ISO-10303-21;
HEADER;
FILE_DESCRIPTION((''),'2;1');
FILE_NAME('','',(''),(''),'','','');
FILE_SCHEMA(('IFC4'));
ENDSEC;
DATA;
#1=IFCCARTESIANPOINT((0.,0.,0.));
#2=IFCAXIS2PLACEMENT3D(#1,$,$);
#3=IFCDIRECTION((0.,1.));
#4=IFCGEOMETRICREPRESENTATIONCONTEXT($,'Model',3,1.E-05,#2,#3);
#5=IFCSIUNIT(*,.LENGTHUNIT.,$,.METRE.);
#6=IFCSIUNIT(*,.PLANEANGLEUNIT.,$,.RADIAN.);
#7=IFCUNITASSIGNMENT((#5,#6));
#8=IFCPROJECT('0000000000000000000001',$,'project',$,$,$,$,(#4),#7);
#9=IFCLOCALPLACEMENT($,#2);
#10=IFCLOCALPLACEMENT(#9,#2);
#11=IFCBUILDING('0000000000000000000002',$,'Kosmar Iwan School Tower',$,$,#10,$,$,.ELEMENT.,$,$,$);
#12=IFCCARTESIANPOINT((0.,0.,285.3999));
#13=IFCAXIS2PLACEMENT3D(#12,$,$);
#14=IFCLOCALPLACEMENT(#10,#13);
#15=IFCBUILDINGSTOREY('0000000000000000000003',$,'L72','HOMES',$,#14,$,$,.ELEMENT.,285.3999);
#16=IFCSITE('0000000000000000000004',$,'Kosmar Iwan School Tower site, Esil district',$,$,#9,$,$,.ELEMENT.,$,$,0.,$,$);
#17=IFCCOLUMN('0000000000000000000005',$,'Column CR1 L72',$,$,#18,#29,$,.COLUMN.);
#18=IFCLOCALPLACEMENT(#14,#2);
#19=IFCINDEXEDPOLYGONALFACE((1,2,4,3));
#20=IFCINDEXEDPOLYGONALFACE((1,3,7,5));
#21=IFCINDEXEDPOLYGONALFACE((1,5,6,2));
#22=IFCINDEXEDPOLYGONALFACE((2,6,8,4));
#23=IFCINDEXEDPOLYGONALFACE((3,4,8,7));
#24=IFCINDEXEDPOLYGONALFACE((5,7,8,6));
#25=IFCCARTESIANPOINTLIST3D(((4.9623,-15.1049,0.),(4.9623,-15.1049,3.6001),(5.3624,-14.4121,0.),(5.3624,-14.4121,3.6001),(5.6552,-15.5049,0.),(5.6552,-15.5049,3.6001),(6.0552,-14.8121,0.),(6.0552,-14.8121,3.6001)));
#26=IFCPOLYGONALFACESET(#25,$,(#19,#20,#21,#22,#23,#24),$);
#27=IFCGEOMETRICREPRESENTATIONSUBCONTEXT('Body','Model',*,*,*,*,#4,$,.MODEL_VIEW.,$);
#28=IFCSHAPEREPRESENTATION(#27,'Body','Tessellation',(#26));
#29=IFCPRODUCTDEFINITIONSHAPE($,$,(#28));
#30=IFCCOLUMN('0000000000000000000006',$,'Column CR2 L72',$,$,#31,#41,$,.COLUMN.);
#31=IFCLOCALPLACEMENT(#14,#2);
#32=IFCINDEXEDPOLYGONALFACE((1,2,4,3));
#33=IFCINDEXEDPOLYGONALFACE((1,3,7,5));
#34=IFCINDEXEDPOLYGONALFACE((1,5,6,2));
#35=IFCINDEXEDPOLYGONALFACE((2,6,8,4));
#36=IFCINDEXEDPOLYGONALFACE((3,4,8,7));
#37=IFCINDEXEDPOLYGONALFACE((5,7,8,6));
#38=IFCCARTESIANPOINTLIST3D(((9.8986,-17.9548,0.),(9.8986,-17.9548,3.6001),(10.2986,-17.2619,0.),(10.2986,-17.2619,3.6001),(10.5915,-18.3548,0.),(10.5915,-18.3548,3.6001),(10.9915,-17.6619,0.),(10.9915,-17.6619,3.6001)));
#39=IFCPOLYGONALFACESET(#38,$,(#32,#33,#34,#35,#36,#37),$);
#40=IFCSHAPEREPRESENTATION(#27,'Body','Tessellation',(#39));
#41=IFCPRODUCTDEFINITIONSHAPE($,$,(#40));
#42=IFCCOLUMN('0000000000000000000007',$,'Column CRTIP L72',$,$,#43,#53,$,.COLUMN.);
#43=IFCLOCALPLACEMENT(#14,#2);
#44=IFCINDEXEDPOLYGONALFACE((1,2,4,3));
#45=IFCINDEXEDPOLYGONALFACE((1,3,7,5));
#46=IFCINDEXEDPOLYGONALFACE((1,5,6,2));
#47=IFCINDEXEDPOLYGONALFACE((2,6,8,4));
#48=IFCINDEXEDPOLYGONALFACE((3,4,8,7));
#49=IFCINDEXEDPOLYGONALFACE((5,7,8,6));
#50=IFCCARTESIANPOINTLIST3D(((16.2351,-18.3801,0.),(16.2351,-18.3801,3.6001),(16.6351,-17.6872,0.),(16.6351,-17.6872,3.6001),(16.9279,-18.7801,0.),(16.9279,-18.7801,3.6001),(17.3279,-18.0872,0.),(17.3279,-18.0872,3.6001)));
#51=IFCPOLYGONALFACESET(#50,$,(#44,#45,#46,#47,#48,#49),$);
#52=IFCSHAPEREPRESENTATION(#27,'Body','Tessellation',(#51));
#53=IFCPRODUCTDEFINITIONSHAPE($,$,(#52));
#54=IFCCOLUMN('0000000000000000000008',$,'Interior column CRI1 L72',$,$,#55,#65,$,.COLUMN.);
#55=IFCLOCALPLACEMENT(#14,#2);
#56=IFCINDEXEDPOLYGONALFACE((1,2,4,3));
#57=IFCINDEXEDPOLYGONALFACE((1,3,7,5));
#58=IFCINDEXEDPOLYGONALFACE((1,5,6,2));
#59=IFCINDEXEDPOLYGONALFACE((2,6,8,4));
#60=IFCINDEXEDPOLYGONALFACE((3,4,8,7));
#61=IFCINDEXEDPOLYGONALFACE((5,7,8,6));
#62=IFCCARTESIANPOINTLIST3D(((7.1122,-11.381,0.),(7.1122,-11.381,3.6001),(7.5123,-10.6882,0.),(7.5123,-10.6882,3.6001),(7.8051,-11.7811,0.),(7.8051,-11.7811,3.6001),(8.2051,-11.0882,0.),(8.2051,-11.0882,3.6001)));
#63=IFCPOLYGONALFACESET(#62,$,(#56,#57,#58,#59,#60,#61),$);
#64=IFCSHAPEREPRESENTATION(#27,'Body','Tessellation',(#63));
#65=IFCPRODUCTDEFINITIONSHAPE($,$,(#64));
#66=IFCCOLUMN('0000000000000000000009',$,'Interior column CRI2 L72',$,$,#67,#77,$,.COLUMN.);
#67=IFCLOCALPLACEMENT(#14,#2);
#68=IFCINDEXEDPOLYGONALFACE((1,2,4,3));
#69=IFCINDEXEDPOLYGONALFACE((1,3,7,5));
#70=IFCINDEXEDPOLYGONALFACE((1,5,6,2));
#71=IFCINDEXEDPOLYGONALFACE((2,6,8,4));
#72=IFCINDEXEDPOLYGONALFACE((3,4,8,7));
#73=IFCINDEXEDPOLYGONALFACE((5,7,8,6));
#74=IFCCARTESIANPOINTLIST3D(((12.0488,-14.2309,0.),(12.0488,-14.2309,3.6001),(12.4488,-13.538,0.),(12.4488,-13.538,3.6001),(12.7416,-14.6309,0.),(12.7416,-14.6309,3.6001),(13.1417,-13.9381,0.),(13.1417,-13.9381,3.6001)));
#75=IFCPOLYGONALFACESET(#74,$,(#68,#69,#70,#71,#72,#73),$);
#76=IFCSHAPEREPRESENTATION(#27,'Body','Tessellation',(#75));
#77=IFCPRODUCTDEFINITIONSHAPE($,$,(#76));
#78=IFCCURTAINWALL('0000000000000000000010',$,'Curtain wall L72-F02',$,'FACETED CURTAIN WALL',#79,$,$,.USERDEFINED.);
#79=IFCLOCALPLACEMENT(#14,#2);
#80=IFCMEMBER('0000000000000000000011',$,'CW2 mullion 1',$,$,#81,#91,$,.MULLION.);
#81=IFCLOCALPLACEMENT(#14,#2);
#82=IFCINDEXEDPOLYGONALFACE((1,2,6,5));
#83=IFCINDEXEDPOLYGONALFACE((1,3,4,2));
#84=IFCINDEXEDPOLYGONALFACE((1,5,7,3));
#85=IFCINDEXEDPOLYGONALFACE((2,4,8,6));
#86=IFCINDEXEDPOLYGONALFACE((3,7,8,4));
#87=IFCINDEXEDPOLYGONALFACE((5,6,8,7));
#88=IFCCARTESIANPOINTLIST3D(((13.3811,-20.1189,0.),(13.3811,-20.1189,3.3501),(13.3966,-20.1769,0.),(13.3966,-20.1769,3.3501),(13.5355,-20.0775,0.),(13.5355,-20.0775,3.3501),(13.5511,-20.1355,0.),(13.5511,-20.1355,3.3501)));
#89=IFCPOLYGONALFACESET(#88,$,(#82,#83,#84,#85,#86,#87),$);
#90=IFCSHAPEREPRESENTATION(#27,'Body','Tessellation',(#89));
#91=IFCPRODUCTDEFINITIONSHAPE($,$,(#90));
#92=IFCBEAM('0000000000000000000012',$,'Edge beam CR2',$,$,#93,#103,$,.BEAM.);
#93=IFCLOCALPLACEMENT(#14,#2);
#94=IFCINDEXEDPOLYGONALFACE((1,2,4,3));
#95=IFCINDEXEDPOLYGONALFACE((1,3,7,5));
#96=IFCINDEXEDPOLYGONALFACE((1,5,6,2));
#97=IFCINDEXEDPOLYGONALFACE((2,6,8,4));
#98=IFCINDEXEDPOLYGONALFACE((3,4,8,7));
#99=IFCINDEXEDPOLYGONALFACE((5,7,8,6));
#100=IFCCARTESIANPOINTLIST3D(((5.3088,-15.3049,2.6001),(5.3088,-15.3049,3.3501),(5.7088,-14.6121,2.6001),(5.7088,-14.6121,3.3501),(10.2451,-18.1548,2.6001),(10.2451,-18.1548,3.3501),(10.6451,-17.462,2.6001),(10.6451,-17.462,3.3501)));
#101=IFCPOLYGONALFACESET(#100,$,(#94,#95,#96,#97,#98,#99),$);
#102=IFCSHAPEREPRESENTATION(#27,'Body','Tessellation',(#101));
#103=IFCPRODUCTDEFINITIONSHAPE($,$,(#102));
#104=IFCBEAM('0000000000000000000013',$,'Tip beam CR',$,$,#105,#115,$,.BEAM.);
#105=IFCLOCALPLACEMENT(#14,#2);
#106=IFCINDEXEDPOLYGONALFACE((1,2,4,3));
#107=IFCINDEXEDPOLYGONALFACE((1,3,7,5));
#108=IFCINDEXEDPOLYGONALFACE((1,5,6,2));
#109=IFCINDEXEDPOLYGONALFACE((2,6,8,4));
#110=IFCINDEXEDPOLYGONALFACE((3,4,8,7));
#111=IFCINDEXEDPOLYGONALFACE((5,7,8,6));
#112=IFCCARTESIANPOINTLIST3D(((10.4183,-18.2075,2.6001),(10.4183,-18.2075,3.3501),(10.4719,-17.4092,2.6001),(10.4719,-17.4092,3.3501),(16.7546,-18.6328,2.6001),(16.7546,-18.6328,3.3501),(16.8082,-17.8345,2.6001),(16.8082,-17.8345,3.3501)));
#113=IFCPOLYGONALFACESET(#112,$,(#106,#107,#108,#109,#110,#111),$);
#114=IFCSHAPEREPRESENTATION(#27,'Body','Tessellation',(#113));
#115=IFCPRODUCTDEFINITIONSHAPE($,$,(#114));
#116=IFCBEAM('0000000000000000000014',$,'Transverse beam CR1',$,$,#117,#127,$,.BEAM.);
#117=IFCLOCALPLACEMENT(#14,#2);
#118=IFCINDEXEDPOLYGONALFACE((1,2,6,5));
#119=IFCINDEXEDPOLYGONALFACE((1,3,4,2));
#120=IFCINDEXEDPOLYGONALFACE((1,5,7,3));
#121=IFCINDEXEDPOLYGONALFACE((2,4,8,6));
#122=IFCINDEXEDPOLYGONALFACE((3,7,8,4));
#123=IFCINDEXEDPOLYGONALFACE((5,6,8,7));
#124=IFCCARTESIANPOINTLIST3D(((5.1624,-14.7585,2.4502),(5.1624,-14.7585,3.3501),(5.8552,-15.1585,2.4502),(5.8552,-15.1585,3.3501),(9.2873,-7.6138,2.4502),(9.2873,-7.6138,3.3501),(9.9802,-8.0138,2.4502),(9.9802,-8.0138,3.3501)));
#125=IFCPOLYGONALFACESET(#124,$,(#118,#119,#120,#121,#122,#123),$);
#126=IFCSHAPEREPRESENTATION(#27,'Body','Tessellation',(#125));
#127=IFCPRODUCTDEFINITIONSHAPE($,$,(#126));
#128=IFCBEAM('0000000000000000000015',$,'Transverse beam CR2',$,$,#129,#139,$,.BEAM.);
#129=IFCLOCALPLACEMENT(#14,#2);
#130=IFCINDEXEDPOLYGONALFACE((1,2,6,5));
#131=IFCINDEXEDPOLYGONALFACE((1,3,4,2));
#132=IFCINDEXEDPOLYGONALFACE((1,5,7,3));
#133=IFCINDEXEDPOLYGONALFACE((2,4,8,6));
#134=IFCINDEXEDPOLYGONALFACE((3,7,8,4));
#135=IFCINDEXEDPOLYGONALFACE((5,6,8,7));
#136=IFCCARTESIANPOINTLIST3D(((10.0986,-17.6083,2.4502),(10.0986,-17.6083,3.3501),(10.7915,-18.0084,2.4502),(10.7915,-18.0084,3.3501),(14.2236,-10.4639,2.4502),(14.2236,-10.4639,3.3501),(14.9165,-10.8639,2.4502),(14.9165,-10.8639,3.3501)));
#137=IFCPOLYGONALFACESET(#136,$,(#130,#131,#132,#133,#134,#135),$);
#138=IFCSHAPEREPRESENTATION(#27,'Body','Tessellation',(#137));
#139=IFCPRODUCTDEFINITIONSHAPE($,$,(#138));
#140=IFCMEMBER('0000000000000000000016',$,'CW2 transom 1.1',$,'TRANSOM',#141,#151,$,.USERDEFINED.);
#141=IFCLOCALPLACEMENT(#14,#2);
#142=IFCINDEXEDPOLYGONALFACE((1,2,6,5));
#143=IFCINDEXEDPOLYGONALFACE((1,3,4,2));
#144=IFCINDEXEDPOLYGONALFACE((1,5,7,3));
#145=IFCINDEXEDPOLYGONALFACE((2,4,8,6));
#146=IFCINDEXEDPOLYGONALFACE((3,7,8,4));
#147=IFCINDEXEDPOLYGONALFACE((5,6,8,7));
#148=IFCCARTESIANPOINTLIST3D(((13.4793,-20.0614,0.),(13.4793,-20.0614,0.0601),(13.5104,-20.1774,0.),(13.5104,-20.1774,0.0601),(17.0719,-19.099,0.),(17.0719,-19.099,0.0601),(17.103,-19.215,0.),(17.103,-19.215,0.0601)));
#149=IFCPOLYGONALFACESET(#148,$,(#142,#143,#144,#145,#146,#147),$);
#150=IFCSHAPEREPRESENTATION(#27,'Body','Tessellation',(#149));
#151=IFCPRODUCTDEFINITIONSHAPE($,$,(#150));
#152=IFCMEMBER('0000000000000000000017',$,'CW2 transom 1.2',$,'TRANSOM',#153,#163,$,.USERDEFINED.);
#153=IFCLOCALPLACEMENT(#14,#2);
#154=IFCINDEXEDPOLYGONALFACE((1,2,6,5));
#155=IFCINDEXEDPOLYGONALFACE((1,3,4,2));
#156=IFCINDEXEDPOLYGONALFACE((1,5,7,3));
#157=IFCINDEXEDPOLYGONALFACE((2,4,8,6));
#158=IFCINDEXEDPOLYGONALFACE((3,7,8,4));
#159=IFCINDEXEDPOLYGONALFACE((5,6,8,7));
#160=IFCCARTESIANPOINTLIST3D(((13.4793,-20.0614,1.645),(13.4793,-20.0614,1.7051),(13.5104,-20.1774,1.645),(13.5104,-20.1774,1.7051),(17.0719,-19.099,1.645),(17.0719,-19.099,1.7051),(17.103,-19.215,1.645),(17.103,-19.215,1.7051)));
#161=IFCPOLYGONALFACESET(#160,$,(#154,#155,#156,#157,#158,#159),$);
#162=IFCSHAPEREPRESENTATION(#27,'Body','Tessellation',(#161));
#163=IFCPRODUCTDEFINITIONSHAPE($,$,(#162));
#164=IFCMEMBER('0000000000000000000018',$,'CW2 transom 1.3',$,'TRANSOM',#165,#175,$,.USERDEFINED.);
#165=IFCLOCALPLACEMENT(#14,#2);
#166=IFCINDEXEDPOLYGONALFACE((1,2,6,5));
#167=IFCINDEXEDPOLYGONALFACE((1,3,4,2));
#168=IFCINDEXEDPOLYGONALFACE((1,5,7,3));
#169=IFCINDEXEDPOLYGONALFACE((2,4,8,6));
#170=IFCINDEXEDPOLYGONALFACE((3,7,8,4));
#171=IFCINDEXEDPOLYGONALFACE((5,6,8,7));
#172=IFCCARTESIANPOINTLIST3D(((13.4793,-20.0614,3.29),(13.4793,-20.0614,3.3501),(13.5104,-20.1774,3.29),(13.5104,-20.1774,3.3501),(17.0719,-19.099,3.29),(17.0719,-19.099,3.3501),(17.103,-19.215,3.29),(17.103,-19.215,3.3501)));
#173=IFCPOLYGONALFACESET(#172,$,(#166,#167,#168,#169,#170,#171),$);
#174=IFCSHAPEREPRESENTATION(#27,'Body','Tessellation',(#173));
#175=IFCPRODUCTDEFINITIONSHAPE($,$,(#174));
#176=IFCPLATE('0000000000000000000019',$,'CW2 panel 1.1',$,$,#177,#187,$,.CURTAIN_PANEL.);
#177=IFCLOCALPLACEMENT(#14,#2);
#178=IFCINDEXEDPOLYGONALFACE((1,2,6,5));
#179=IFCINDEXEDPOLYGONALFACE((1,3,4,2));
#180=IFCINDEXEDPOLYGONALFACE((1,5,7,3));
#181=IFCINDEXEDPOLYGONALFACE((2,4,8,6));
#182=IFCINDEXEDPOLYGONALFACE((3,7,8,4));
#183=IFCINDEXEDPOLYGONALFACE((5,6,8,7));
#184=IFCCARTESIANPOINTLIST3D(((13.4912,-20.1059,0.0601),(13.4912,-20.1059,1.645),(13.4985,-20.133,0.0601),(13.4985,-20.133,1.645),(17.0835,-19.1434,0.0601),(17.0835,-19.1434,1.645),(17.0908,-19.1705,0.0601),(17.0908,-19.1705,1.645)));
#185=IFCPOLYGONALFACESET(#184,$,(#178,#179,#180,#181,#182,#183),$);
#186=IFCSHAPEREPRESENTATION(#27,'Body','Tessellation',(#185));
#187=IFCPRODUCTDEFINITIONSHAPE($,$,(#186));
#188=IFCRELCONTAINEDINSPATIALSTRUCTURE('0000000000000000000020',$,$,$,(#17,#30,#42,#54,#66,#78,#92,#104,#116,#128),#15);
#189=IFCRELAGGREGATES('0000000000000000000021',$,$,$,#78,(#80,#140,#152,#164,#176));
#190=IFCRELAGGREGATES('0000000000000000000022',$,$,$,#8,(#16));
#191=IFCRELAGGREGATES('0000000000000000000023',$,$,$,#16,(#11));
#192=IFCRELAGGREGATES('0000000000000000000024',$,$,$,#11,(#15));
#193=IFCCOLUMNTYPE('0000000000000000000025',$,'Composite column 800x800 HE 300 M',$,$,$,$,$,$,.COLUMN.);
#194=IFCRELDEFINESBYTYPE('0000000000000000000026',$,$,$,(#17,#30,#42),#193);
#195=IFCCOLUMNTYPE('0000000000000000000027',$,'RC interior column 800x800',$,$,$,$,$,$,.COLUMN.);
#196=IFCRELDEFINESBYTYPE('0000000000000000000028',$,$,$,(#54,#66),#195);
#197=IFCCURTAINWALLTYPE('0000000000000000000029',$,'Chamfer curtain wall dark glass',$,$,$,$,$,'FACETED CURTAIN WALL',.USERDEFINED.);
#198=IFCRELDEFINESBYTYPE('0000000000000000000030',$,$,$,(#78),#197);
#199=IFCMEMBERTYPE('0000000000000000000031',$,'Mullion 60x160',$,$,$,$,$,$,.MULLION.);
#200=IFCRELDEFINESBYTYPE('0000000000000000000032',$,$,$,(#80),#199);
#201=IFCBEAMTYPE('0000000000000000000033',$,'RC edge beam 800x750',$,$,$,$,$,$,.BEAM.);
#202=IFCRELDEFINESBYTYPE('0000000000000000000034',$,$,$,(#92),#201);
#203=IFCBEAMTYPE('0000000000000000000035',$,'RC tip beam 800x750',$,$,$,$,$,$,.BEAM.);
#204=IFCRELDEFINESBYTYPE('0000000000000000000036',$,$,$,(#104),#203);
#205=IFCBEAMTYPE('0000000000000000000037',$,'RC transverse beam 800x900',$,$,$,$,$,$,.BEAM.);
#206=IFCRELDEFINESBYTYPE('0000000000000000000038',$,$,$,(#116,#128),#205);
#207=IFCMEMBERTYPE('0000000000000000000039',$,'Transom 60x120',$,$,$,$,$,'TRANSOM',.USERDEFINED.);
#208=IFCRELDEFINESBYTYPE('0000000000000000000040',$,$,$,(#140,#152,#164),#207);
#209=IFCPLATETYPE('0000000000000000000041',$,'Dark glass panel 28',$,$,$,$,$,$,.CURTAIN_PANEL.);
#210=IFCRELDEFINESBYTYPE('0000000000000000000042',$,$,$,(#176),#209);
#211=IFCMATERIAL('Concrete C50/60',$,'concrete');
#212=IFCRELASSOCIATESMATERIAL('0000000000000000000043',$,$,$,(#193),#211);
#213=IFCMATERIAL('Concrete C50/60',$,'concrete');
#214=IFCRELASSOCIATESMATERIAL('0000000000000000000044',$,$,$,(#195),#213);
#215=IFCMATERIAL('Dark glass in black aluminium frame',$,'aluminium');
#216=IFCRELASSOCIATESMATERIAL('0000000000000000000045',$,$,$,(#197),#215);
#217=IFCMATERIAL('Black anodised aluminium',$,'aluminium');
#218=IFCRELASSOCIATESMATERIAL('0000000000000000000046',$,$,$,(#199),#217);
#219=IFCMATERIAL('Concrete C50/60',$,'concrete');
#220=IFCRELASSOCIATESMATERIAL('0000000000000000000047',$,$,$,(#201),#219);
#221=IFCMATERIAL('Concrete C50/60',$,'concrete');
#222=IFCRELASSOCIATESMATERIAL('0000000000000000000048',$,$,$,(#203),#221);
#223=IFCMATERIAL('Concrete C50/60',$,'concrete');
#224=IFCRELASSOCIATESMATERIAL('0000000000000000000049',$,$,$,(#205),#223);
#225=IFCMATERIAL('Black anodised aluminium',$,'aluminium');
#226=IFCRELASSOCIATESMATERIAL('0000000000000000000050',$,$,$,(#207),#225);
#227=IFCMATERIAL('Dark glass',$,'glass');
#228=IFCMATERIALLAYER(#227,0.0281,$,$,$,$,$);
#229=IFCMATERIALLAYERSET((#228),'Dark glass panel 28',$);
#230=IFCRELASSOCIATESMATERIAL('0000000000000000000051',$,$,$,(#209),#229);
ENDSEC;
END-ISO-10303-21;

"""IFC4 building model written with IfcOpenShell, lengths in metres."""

from ifc_helpers import new_model, si_unit, direction, frame, origin, origin_2d, place, context, subcontext, project, spatial, rectangle, extrude, material, layer, layer_set, material_profile, profile_set, type_object, element, aggregate, save


model = new_model("IFC4")

# Units and contexts
model_context = context("Model", 3, precision=1e-05, world=origin(), true_north=direction((0.0, 1.0)))
body_context = subcontext(model_context, "Body", "Model", "MODEL_VIEW")
ifc_project = project(units=[si_unit("LENGTHUNIT", "METRE"), si_unit("PLANEANGLEUNIT", "RADIAN")], contexts=[model_context])

# Site, building, storey
site_placement = place(None, origin())
site = spatial("IfcSite", under=ifc_project, at=site_placement, Name="Kosmar Iwan School Tower site, Esil district", CompositionType="ELEMENT", RefElevation=0.0)
building_placement = place(site_placement, origin())
building = spatial("IfcBuilding", under=site, at=building_placement, Name="Kosmar Iwan School Tower", CompositionType="ELEMENT")
storey_placement = place(building_placement, frame((0.0, 0.0, 285.3999)))
storey = spatial("IfcBuildingStorey", under=building, at=storey_placement, Name="L72", Description="HOMES", CompositionType="ELEMENT", Elevation=285.3999)

# Columns
ifc_material_1 = material(Name="Concrete C50/60", Category="concrete")
ifc_material_profile_1 = material_profile(ifc_material_1, rectangle(XDim=0.8, YDim=0.8, at=origin_2d()), Name="RC 800x800 + HE 300 M")
ifc_profile_set_1 = profile_set([ifc_material_profile_1], Name="Concrete C50/60")
column_type_1 = type_object("IfcColumnType", Name="Composite column 800x800 HE 300 M", PredefinedType="COLUMN", material=ifc_profile_set_1)
for number, where, z_axis, x_axis, name in (
    (1, (5.5088, -14.9585, 0.0), (0.0, 0.0, 1.0), (0.866025, -0.5, 0.0), "Column CR1 L72"),
    (2, (10.4451, -17.8083, 0.0), (0.0, 0.0, 1.0), (0.866025, -0.5, 0.0), "Column CR2 L72"),
    (3, (16.7815, -18.2336, 0.0), (0.0, 0.0, 1.0), (0.866025, -0.5, 0.0), "Column CRTIP L72"),
):
    element("IfcColumn", number, at=place(storey_placement, frame(where, z_axis=z_axis, x_axis=x_axis)), inside=storey, type_object=column_type_1, Name=name, PredefinedType="COLUMN", context=body_context, shape_type="SweptSolid", body=[
        extrude(rectangle(XDim=0.8, YDim=0.8, at=origin_2d()), origin(), (0.0, 0.0, 1.0), 3.6001),
    ])
ifc_material_2 = material(Name="Concrete C50/60", Category="concrete")
ifc_material_profile_2 = material_profile(ifc_material_2, rectangle(XDim=0.8, YDim=0.8, at=origin_2d()), Name="RC 800x800")
ifc_profile_set_2 = profile_set([ifc_material_profile_2], Name="Concrete C50/60")
column_type_2 = type_object("IfcColumnType", Name="RC interior column 800x800", PredefinedType="COLUMN", material=ifc_profile_set_2)
for number, where, z_axis, x_axis, name in (
    (4, (7.6587, -11.2346, 0.0), (0.0, 0.0, 1.0), (0.866025, -0.5, 0.0), "Interior column CRI1 L72"),
    (5, (12.5952, -14.0845, 0.0), (0.0, 0.0, 1.0), (0.866025, -0.5, 0.0), "Interior column CRI2 L72"),
):
    element("IfcColumn", number, at=place(storey_placement, frame(where, z_axis=z_axis, x_axis=x_axis)), inside=storey, type_object=column_type_2, Name=name, PredefinedType="COLUMN", context=body_context, shape_type="SweptSolid", body=[
        extrude(rectangle(XDim=0.8, YDim=0.8, at=origin_2d()), origin(), (0.0, 0.0, 1.0), 3.6001),
    ])

# Curtain wall, member
ifc_material_3 = material(Name="Dark glass in black aluminium frame", Category="aluminium")
curtain_wall_type = type_object("IfcCurtainWallType", Name="Chamfer curtain wall dark glass", ElementType="FACETED CURTAIN WALL", PredefinedType="USERDEFINED", material=ifc_material_3)
curtain_wall_placement = place(storey_placement, origin())
curtain_wall = element("IfcCurtainWall", 6, at=curtain_wall_placement, inside=storey, type_object=curtain_wall_type, Name="Curtain wall L72-F02", ObjectType="FACETED CURTAIN WALL", PredefinedType="USERDEFINED")
ifc_material_4 = material(Name="Black anodised aluminium", Category="aluminium")
ifc_material_profile_3 = material_profile(ifc_material_4, rectangle(XDim=0.0601, YDim=0.1599, at=origin_2d()), Name="MULLION 60x160")
ifc_profile_set_3 = profile_set([ifc_material_profile_3], Name="Black anodised aluminium")
member_type_1 = type_object("IfcMemberType", Name="Mullion 60x160", PredefinedType="MULLION", material=ifc_profile_set_3)
member_1_placement = place(storey_placement, frame((13.4661, -20.1272, 0.0), z_axis=(0.0, 0.0, 1.0), x_axis=(-0.258819, 0.965926, 0.0)))
member_1 = element("IfcMember", 7, at=member_1_placement, type_object=member_type_1, Name="CW2 mullion 1", PredefinedType="MULLION", context=body_context, shape_type="SweptSolid", body=[
    extrude(rectangle(XDim=0.0601, YDim=0.1599, at=origin_2d()), origin(), (0.0, 0.0, 1.0), 3.3501),
])

# Beams
ifc_material_5 = material(Name="Concrete C50/60", Category="concrete")
ifc_material_profile_4 = material_profile(ifc_material_5, rectangle(XDim=0.8, YDim=0.75, at=origin_2d()), Name="RC 800x750")
ifc_profile_set_4 = profile_set([ifc_material_profile_4], Name="Concrete C50/60")
beam_type_1 = type_object("IfcBeamType", Name="RC edge beam 800x750", PredefinedType="BEAM", material=ifc_profile_set_4)
beam_1_placement = place(storey_placement, frame((5.5088, -14.9585, 2.9751), z_axis=(0.866034, -0.499986, 0.0), x_axis=(0.499986, 0.866034, 0.0)))
element("IfcBeam", 8, at=beam_1_placement, inside=storey, type_object=beam_type_1, Name="Edge beam CR2", PredefinedType="BEAM", context=body_context, shape_type="SweptSolid", body=[
    extrude(rectangle(XDim=0.8, YDim=0.75, at=origin_2d()), origin(), (0.0, 0.0, 1.0), 5.7),
])
ifc_material_6 = material(Name="Concrete C50/60", Category="concrete")
ifc_material_profile_5 = material_profile(ifc_material_6, rectangle(XDim=0.8, YDim=0.75, at=origin_2d()), Name="RC 800x750")
ifc_profile_set_5 = profile_set([ifc_material_profile_5], Name="Concrete C50/60")
beam_type_2 = type_object("IfcBeamType", Name="RC tip beam 800x750", PredefinedType="BEAM", material=ifc_profile_set_5)
beam_2_placement = place(storey_placement, frame((10.4451, -17.8083, 2.9751), z_axis=(0.997755, -0.066968, 0.0), x_axis=(0.066968, 0.997755, 0.0)))
element("IfcBeam", 9, at=beam_2_placement, inside=storey, type_object=beam_type_2, Name="Tip beam CR", PredefinedType="BEAM", context=body_context, shape_type="SweptSolid", body=[
    extrude(rectangle(XDim=0.8, YDim=0.75, at=origin_2d()), origin(), (0.0, 0.0, 1.0), 6.3506),
])
ifc_material_7 = material(Name="Concrete C50/60", Category="concrete")
ifc_material_profile_6 = material_profile(ifc_material_7, rectangle(XDim=0.8, YDim=0.8999, at=origin_2d()), Name="RC 800x900")
ifc_profile_set_6 = profile_set([ifc_material_profile_6], Name="Concrete C50/60")
beam_type_3 = type_object("IfcBeamType", Name="RC transverse beam 800x900", PredefinedType="BEAM", material=ifc_profile_set_6)
beam_3_placement = place(storey_placement, frame((5.5088, -14.9585, 2.9001), z_axis=(0.499997, 0.866027, 0.0), x_axis=(-0.866027, 0.499997, 0.0)))
element("IfcBeam", 10, at=beam_3_placement, inside=storey, type_object=beam_type_3, Name="Transverse beam CR1", PredefinedType="BEAM", context=body_context, shape_type="SweptSolid", body=[
    extrude(rectangle(XDim=0.8, YDim=0.8999, at=origin_2d()), origin(), (0.0, 0.0, 1.0), 8.25),
])
beam_4_placement = place(storey_placement, frame((10.4451, -17.8083, 2.9001), z_axis=(0.500009, 0.86602, 0.0), x_axis=(-0.86602, 0.500009, 0.0)))
element("IfcBeam", 11, at=beam_4_placement, inside=storey, type_object=beam_type_3, Name="Transverse beam CR2", PredefinedType="BEAM", context=body_context, shape_type="SweptSolid", body=[
    extrude(rectangle(XDim=0.8, YDim=0.8999, at=origin_2d()), origin(), (0.0, 0.0, 1.0), 8.2498),
])

# Members
ifc_material_8 = material(Name="Black anodised aluminium", Category="aluminium")
ifc_material_profile_7 = material_profile(ifc_material_8, rectangle(XDim=0.1201, YDim=0.0601, at=origin_2d()), Name="TRANSOM 60x120")
ifc_profile_set_7 = profile_set([ifc_material_profile_7], Name="Black anodised aluminium")
member_type_2 = type_object("IfcMemberType", Name="Transom 60x120", ElementType="TRANSOM", PredefinedType="USERDEFINED", material=ifc_profile_set_7)
member_2_placement = place(storey_placement, frame((13.4949, -20.1194, 0.03), z_axis=(0.96594, 0.258766, 0.0), x_axis=(-0.258766, 0.96594, 0.0)))
member_2 = element("IfcMember", 12, at=member_2_placement, type_object=member_type_2, Name="CW2 transom 1.1", ObjectType="TRANSOM", PredefinedType="USERDEFINED", context=body_context, shape_type="SweptSolid", body=[
    extrude(rectangle(XDim=0.1201, YDim=0.0601, at=origin_2d()), origin(), (0.0, 0.0, 1.0), 3.7192),
])
member_3_placement = place(storey_placement, frame((13.4949, -20.1194, 1.675), z_axis=(0.96594, 0.258766, 0.0), x_axis=(-0.258766, 0.96594, 0.0)))
member_3 = element("IfcMember", 13, at=member_3_placement, type_object=member_type_2, Name="CW2 transom 1.2", ObjectType="TRANSOM", PredefinedType="USERDEFINED", context=body_context, shape_type="SweptSolid", body=[
    extrude(rectangle(XDim=0.1201, YDim=0.0601, at=origin_2d()), origin(), (0.0, 0.0, 1.0), 3.7192),
])
member_4_placement = place(storey_placement, frame((13.4949, -20.1194, 3.3201), z_axis=(0.96594, 0.258766, 0.0), x_axis=(-0.258766, 0.96594, 0.0)))
member_4 = element("IfcMember", 14, at=member_4_placement, type_object=member_type_2, Name="CW2 transom 1.3", ObjectType="TRANSOM", PredefinedType="USERDEFINED", context=body_context, shape_type="SweptSolid", body=[
    extrude(rectangle(XDim=0.1201, YDim=0.0601, at=origin_2d()), origin(), (0.0, 0.0, 1.0), 3.7192),
])

# Plate
ifc_material_9 = material(Name="Dark glass", Category="glass")
ifc_layer_1 = layer(ifc_material_9, 0.0281)
ifc_layer_set_1 = layer_set([ifc_layer_1], Name="Dark glass panel 28")
plate_type = type_object("IfcPlateType", Name="Dark glass panel 28", PredefinedType="CURTAIN_PANEL", material=ifc_layer_set_1)
plate_1_placement = place(storey_placement, frame((15.291, -19.6382, 0.0601), z_axis=(0.0, 0.0, 1.0), x_axis=(0.965926, 0.258819, 0.0)))
plate_1 = element("IfcPlate", 15, at=plate_1_placement, type_object=plate_type, Name="CW2 panel 1.1", PredefinedType="CURTAIN_PANEL", context=body_context, shape_type="SweptSolid", body=[
    extrude(rectangle(XDim=3.719, YDim=0.0281, at=origin_2d()), origin(), (0.0, 0.0, 1.0), 1.585),
])
aggregate(curtain_wall, [member_1, member_2, member_3, member_4, plate_1])

save(model, "model.ifc")
